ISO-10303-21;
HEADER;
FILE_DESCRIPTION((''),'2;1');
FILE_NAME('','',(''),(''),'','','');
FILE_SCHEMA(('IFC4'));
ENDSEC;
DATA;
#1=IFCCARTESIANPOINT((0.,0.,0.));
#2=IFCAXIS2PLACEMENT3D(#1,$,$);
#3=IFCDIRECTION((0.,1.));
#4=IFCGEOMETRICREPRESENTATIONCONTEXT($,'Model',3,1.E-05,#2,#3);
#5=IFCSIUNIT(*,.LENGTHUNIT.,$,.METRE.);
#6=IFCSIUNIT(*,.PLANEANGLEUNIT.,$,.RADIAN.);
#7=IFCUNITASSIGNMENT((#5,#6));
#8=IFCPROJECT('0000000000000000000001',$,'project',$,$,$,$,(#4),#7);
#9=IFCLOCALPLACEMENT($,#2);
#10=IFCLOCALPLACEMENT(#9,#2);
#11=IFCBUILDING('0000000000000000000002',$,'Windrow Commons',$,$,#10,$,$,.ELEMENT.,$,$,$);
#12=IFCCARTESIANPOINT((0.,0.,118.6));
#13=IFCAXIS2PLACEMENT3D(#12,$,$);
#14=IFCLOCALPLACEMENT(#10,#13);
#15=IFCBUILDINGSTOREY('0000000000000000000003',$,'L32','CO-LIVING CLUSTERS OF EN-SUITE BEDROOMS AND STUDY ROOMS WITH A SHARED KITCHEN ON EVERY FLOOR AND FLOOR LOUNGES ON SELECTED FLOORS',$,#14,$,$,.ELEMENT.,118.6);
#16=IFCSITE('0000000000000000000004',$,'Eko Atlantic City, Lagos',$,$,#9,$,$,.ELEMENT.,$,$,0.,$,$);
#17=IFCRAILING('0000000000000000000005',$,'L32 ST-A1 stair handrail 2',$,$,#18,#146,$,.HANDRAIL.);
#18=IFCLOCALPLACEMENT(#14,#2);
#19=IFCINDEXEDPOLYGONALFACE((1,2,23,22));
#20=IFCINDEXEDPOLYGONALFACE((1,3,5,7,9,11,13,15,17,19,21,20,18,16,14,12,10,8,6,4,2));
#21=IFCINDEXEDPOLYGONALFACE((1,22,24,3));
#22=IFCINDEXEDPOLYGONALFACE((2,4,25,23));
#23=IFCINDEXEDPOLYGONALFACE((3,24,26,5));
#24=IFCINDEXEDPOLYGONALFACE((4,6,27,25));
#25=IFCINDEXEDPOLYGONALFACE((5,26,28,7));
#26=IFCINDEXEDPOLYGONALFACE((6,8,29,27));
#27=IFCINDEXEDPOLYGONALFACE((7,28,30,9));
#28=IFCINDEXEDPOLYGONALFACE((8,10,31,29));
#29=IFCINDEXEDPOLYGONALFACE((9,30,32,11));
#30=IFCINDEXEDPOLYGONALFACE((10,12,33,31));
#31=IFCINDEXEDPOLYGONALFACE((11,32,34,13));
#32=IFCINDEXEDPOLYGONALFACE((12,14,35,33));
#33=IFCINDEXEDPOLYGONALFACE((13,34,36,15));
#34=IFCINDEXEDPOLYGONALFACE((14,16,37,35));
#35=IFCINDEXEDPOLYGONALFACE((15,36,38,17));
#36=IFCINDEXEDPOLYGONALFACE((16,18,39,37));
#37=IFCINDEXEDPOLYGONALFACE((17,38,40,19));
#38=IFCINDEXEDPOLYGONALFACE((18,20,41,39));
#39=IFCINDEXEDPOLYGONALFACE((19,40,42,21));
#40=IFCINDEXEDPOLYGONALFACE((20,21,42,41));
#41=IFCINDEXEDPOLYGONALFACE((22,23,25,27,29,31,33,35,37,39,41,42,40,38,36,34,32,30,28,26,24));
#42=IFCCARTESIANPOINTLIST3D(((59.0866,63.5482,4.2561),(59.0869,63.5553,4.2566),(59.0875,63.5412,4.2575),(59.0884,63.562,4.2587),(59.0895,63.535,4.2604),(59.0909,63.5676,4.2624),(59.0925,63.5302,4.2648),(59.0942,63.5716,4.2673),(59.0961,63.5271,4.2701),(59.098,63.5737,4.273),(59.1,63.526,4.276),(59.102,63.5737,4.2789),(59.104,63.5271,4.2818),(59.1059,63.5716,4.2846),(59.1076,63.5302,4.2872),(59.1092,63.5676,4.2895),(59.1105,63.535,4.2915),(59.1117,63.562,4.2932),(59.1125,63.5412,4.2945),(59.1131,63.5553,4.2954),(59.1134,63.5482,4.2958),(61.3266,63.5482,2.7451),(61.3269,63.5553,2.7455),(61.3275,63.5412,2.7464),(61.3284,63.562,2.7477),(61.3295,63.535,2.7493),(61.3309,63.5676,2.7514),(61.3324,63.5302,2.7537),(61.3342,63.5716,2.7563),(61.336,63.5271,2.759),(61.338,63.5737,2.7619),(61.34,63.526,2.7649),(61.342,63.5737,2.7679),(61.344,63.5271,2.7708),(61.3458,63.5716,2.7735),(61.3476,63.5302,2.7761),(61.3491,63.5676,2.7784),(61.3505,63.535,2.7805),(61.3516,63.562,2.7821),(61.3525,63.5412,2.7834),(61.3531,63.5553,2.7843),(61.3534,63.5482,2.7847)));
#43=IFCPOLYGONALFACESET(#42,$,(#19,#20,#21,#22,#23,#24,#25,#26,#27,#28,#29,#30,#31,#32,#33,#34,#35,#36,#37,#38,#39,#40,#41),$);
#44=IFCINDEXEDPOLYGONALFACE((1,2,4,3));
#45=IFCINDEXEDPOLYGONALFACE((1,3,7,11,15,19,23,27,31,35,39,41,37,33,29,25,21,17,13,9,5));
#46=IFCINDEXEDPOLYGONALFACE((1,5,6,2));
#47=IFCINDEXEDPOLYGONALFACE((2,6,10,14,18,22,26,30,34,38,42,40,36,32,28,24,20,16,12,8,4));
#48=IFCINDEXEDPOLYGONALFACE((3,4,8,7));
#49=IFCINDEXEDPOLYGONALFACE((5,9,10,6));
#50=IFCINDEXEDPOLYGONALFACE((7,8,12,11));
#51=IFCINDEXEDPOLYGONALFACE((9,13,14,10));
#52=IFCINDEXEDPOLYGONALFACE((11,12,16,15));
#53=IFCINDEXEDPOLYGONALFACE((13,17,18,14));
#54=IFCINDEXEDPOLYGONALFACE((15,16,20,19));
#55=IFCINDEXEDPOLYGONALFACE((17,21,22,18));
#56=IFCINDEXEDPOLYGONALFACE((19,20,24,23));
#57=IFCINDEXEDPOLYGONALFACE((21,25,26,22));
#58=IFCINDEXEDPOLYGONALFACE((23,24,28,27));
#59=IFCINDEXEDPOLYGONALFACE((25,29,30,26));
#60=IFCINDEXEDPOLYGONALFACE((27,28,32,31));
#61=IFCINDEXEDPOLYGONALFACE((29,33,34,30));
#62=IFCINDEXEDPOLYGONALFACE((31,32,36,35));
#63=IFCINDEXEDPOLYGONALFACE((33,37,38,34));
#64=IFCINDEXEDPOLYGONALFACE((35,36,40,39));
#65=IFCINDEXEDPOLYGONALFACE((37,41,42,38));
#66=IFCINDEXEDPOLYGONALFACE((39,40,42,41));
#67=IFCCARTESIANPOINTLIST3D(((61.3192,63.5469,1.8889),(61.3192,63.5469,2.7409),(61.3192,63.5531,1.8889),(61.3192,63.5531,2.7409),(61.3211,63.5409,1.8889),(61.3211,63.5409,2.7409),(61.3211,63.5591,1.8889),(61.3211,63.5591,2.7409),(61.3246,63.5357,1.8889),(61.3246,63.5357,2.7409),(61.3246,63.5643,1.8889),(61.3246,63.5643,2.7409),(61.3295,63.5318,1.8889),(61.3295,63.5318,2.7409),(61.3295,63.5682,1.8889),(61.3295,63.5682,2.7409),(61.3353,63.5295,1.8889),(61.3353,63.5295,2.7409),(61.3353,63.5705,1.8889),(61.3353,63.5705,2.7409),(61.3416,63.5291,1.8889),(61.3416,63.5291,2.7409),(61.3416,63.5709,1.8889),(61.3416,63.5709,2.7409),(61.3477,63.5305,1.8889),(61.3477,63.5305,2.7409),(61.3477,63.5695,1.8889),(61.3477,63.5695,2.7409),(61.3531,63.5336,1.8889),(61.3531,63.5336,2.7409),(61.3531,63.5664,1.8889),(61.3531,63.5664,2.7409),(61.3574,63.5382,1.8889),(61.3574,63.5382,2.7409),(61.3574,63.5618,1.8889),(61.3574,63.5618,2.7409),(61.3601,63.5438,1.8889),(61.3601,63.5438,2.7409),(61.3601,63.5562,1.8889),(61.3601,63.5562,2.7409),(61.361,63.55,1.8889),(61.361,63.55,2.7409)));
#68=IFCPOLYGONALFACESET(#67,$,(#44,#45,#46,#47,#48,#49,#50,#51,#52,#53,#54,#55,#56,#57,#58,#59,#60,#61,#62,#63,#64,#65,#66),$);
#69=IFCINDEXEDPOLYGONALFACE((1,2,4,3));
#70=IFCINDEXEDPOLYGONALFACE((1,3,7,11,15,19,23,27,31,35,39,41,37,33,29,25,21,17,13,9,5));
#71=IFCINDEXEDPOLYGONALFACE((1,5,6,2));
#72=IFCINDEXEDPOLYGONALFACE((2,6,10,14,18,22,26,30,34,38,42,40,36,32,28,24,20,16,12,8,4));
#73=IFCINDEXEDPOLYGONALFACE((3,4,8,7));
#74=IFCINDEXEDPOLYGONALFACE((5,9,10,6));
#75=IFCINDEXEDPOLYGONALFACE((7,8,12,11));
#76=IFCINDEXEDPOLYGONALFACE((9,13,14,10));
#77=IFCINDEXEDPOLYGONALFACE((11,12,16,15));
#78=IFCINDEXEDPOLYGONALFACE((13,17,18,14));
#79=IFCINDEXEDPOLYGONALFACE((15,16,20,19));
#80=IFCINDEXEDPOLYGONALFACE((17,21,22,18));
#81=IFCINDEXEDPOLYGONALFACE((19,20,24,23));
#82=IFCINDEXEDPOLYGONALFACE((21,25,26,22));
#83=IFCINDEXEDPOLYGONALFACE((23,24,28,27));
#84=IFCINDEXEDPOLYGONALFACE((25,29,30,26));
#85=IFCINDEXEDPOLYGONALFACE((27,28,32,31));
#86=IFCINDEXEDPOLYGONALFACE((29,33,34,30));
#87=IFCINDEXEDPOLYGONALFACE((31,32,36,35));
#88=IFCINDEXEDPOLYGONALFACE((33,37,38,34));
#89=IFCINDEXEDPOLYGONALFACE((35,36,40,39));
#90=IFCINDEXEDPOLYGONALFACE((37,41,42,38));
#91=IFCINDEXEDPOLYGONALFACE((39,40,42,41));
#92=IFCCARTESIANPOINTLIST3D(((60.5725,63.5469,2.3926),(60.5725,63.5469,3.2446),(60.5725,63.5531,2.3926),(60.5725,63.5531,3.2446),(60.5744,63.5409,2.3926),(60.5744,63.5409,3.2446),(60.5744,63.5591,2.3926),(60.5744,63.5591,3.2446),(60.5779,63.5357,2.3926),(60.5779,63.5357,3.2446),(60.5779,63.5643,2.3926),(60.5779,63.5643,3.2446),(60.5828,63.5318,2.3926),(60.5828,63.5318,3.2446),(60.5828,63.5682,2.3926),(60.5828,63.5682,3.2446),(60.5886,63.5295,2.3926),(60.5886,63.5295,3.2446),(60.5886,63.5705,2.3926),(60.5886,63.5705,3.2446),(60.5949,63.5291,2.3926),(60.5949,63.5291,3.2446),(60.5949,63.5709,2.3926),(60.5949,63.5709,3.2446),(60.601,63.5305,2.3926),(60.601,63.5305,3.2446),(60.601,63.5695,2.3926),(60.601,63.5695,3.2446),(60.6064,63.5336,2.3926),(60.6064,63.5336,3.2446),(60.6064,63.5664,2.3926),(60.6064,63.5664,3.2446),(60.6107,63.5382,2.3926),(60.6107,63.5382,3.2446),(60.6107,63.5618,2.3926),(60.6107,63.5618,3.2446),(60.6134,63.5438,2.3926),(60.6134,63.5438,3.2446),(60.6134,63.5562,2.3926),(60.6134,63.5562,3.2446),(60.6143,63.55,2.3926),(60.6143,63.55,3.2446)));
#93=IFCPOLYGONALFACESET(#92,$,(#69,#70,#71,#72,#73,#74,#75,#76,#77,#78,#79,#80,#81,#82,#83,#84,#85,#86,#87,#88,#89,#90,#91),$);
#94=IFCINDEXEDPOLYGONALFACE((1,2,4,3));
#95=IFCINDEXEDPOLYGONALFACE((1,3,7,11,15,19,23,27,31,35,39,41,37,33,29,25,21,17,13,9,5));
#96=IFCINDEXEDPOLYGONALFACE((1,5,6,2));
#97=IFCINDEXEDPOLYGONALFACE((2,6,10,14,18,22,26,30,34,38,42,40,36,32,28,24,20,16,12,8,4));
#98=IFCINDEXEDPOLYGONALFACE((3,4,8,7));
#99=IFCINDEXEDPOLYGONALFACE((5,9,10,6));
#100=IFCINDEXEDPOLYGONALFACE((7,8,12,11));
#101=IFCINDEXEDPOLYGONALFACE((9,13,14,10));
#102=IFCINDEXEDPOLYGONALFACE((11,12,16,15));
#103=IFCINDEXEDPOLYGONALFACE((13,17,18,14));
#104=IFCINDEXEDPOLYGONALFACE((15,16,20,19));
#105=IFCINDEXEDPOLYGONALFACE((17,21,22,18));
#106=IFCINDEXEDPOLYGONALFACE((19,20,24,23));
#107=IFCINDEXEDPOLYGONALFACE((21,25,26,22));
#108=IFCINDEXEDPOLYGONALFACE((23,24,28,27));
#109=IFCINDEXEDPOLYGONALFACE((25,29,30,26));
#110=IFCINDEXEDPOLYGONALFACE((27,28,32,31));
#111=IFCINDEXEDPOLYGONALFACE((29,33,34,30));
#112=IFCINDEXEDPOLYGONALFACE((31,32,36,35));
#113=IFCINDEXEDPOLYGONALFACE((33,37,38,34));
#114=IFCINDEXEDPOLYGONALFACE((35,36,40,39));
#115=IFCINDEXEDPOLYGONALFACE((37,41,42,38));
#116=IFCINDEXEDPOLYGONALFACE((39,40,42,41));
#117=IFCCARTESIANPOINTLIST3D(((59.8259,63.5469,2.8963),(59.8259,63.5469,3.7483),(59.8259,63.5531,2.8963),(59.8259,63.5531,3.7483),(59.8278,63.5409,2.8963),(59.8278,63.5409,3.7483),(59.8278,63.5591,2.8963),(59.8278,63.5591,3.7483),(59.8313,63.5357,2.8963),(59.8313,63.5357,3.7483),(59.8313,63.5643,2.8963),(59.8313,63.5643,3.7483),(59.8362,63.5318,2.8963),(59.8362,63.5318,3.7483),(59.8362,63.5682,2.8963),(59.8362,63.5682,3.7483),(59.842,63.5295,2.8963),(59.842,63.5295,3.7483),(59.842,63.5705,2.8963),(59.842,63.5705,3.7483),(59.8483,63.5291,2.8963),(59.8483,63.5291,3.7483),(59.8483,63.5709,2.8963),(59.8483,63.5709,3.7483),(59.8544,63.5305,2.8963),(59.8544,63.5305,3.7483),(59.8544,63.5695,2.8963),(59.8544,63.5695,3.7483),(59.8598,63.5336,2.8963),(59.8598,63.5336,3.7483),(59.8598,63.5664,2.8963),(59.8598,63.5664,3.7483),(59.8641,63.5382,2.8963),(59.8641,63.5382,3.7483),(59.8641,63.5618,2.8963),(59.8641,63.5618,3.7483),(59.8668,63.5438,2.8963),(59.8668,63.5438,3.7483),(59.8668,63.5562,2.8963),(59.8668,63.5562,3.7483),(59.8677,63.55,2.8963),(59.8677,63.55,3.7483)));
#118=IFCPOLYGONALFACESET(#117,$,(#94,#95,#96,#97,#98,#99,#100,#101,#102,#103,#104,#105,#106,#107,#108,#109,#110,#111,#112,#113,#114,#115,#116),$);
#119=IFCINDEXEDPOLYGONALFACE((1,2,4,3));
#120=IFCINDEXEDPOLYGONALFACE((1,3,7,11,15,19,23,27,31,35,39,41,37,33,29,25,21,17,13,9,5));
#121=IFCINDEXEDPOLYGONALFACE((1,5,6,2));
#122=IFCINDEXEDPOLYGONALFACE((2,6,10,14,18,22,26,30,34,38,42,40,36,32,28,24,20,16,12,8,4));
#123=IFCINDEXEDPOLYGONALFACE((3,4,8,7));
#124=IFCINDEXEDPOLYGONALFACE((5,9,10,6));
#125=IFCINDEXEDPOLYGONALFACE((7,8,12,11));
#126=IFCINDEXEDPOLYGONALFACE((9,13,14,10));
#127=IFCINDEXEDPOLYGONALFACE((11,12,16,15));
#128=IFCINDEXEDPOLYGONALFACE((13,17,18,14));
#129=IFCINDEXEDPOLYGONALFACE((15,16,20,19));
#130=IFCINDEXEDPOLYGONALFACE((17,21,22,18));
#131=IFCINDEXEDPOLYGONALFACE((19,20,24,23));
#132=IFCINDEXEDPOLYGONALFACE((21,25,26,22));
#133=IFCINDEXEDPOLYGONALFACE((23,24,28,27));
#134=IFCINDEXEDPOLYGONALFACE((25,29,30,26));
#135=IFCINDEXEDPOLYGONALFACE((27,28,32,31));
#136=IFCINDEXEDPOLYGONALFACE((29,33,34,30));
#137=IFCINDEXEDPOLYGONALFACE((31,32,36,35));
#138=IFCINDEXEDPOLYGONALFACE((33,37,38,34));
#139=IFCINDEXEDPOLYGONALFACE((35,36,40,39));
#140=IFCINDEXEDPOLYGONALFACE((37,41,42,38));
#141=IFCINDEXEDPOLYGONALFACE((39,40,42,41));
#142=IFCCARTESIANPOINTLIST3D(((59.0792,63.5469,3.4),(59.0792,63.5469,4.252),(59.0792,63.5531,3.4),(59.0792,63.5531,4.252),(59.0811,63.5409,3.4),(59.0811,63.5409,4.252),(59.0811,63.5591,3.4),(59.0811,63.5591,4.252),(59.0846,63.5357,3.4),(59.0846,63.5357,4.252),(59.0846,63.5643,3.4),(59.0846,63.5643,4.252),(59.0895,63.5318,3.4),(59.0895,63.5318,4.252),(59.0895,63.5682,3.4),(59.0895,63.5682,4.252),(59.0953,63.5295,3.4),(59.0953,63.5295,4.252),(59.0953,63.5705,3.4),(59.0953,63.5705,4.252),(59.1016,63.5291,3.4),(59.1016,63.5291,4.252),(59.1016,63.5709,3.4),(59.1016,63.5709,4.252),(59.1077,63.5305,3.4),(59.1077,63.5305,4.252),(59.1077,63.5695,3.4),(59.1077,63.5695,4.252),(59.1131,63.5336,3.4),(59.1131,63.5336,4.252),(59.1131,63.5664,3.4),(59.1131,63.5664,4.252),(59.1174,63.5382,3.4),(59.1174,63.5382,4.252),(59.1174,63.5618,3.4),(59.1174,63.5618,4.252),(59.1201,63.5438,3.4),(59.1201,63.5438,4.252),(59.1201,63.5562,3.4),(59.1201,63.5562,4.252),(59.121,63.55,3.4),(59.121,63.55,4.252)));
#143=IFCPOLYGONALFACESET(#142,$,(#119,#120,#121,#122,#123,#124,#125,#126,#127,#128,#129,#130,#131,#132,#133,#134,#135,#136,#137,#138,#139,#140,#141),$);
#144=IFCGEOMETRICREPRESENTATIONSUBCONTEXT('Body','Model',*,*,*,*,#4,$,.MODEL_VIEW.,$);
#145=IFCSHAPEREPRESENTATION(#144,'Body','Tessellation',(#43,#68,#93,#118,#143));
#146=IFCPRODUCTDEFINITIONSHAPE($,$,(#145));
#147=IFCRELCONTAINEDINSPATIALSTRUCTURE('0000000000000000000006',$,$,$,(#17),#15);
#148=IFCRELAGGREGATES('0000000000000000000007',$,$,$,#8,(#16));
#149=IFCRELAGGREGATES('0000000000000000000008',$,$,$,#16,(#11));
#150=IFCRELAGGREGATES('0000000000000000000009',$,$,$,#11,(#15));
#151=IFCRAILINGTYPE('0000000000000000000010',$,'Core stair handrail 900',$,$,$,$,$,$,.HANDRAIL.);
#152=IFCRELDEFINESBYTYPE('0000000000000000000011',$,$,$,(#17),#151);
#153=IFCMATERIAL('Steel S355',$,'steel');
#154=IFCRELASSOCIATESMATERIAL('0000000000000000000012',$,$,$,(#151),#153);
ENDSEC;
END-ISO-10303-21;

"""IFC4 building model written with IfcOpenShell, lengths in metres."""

from ifc_helpers import new_model, si_unit, direction, frame, origin, origin_2d, place, context, subcontext, project, spatial, circle, extrude, material, type_object, element, save


model = new_model("IFC4")

# Units and contexts
model_context = context("Model", 3, precision=1e-05, world=origin(), true_north=direction((0.0, 1.0)))
body_context = subcontext(model_context, "Body", "Model", "MODEL_VIEW")
ifc_project = project(units=[si_unit("LENGTHUNIT", "METRE"), si_unit("PLANEANGLEUNIT", "RADIAN")], contexts=[model_context])

# Site, building, storey
site_placement = place(None, origin())
site = spatial("IfcSite", under=ifc_project, at=site_placement, Name="Eko Atlantic City, Lagos", CompositionType="ELEMENT", RefElevation=0.0)
building_placement = place(site_placement, origin())
building = spatial("IfcBuilding", under=site, at=building_placement, Name="Windrow Commons", CompositionType="ELEMENT")
storey_placement = place(building_placement, frame((0.0, 0.0, 118.6)))
storey = spatial("IfcBuildingStorey", under=building, at=storey_placement, Name="L32", Description="CO-LIVING CLUSTERS OF EN-SUITE BEDROOMS AND STUDY ROOMS WITH A SHARED KITCHEN ON EVERY FLOOR AND FLOOR LOUNGES ON SELECTED FLOORS", CompositionType="ELEMENT", Elevation=118.6)

# Railing
ifc_material_1 = material(Name="Steel S355", Category="steel")
railing_type_1 = type_object("IfcRailingType", Name="Core stair handrail 900", PredefinedType="HANDRAIL", material=ifc_material_1)
railing_1_placement = place(storey_placement, frame((61.34, 63.55, 1.8889)))
element("IfcRailing", 1, at=railing_1_placement, inside=storey, type_object=railing_type_1, Name="L32 ST-A1 stair handrail 2", PredefinedType="HANDRAIL", context=body_context, shape_type="SweptSolid", body=[
    extrude(circle(Radius=0.024, at=origin_2d()), frame((0.0, 0.0, 0.876), z_axis=(-0.829003, 0.0, 0.559244), x_axis=(0.0, -1.0, 0.0)), (0.0, 0.0, 1.0), 2.702),
    extrude(circle(Radius=0.021, at=origin_2d()), origin(), (0.0, 0.0, 1.0), 0.852),
    extrude(circle(Radius=0.021, at=origin_2d()), frame((-0.7467, 0.0, 0.5037)), (0.0, 0.0, 1.0), 0.852),
    extrude(circle(Radius=0.021, at=origin_2d()), frame((-1.4933, 0.0, 1.0074)), (0.0, 0.0, 1.0), 0.852),
    extrude(circle(Radius=0.021, at=origin_2d()), frame((-2.24, 0.0, 1.5111)), (0.0, 0.0, 1.0), 0.852),
])

save(model, "model.ifc")
